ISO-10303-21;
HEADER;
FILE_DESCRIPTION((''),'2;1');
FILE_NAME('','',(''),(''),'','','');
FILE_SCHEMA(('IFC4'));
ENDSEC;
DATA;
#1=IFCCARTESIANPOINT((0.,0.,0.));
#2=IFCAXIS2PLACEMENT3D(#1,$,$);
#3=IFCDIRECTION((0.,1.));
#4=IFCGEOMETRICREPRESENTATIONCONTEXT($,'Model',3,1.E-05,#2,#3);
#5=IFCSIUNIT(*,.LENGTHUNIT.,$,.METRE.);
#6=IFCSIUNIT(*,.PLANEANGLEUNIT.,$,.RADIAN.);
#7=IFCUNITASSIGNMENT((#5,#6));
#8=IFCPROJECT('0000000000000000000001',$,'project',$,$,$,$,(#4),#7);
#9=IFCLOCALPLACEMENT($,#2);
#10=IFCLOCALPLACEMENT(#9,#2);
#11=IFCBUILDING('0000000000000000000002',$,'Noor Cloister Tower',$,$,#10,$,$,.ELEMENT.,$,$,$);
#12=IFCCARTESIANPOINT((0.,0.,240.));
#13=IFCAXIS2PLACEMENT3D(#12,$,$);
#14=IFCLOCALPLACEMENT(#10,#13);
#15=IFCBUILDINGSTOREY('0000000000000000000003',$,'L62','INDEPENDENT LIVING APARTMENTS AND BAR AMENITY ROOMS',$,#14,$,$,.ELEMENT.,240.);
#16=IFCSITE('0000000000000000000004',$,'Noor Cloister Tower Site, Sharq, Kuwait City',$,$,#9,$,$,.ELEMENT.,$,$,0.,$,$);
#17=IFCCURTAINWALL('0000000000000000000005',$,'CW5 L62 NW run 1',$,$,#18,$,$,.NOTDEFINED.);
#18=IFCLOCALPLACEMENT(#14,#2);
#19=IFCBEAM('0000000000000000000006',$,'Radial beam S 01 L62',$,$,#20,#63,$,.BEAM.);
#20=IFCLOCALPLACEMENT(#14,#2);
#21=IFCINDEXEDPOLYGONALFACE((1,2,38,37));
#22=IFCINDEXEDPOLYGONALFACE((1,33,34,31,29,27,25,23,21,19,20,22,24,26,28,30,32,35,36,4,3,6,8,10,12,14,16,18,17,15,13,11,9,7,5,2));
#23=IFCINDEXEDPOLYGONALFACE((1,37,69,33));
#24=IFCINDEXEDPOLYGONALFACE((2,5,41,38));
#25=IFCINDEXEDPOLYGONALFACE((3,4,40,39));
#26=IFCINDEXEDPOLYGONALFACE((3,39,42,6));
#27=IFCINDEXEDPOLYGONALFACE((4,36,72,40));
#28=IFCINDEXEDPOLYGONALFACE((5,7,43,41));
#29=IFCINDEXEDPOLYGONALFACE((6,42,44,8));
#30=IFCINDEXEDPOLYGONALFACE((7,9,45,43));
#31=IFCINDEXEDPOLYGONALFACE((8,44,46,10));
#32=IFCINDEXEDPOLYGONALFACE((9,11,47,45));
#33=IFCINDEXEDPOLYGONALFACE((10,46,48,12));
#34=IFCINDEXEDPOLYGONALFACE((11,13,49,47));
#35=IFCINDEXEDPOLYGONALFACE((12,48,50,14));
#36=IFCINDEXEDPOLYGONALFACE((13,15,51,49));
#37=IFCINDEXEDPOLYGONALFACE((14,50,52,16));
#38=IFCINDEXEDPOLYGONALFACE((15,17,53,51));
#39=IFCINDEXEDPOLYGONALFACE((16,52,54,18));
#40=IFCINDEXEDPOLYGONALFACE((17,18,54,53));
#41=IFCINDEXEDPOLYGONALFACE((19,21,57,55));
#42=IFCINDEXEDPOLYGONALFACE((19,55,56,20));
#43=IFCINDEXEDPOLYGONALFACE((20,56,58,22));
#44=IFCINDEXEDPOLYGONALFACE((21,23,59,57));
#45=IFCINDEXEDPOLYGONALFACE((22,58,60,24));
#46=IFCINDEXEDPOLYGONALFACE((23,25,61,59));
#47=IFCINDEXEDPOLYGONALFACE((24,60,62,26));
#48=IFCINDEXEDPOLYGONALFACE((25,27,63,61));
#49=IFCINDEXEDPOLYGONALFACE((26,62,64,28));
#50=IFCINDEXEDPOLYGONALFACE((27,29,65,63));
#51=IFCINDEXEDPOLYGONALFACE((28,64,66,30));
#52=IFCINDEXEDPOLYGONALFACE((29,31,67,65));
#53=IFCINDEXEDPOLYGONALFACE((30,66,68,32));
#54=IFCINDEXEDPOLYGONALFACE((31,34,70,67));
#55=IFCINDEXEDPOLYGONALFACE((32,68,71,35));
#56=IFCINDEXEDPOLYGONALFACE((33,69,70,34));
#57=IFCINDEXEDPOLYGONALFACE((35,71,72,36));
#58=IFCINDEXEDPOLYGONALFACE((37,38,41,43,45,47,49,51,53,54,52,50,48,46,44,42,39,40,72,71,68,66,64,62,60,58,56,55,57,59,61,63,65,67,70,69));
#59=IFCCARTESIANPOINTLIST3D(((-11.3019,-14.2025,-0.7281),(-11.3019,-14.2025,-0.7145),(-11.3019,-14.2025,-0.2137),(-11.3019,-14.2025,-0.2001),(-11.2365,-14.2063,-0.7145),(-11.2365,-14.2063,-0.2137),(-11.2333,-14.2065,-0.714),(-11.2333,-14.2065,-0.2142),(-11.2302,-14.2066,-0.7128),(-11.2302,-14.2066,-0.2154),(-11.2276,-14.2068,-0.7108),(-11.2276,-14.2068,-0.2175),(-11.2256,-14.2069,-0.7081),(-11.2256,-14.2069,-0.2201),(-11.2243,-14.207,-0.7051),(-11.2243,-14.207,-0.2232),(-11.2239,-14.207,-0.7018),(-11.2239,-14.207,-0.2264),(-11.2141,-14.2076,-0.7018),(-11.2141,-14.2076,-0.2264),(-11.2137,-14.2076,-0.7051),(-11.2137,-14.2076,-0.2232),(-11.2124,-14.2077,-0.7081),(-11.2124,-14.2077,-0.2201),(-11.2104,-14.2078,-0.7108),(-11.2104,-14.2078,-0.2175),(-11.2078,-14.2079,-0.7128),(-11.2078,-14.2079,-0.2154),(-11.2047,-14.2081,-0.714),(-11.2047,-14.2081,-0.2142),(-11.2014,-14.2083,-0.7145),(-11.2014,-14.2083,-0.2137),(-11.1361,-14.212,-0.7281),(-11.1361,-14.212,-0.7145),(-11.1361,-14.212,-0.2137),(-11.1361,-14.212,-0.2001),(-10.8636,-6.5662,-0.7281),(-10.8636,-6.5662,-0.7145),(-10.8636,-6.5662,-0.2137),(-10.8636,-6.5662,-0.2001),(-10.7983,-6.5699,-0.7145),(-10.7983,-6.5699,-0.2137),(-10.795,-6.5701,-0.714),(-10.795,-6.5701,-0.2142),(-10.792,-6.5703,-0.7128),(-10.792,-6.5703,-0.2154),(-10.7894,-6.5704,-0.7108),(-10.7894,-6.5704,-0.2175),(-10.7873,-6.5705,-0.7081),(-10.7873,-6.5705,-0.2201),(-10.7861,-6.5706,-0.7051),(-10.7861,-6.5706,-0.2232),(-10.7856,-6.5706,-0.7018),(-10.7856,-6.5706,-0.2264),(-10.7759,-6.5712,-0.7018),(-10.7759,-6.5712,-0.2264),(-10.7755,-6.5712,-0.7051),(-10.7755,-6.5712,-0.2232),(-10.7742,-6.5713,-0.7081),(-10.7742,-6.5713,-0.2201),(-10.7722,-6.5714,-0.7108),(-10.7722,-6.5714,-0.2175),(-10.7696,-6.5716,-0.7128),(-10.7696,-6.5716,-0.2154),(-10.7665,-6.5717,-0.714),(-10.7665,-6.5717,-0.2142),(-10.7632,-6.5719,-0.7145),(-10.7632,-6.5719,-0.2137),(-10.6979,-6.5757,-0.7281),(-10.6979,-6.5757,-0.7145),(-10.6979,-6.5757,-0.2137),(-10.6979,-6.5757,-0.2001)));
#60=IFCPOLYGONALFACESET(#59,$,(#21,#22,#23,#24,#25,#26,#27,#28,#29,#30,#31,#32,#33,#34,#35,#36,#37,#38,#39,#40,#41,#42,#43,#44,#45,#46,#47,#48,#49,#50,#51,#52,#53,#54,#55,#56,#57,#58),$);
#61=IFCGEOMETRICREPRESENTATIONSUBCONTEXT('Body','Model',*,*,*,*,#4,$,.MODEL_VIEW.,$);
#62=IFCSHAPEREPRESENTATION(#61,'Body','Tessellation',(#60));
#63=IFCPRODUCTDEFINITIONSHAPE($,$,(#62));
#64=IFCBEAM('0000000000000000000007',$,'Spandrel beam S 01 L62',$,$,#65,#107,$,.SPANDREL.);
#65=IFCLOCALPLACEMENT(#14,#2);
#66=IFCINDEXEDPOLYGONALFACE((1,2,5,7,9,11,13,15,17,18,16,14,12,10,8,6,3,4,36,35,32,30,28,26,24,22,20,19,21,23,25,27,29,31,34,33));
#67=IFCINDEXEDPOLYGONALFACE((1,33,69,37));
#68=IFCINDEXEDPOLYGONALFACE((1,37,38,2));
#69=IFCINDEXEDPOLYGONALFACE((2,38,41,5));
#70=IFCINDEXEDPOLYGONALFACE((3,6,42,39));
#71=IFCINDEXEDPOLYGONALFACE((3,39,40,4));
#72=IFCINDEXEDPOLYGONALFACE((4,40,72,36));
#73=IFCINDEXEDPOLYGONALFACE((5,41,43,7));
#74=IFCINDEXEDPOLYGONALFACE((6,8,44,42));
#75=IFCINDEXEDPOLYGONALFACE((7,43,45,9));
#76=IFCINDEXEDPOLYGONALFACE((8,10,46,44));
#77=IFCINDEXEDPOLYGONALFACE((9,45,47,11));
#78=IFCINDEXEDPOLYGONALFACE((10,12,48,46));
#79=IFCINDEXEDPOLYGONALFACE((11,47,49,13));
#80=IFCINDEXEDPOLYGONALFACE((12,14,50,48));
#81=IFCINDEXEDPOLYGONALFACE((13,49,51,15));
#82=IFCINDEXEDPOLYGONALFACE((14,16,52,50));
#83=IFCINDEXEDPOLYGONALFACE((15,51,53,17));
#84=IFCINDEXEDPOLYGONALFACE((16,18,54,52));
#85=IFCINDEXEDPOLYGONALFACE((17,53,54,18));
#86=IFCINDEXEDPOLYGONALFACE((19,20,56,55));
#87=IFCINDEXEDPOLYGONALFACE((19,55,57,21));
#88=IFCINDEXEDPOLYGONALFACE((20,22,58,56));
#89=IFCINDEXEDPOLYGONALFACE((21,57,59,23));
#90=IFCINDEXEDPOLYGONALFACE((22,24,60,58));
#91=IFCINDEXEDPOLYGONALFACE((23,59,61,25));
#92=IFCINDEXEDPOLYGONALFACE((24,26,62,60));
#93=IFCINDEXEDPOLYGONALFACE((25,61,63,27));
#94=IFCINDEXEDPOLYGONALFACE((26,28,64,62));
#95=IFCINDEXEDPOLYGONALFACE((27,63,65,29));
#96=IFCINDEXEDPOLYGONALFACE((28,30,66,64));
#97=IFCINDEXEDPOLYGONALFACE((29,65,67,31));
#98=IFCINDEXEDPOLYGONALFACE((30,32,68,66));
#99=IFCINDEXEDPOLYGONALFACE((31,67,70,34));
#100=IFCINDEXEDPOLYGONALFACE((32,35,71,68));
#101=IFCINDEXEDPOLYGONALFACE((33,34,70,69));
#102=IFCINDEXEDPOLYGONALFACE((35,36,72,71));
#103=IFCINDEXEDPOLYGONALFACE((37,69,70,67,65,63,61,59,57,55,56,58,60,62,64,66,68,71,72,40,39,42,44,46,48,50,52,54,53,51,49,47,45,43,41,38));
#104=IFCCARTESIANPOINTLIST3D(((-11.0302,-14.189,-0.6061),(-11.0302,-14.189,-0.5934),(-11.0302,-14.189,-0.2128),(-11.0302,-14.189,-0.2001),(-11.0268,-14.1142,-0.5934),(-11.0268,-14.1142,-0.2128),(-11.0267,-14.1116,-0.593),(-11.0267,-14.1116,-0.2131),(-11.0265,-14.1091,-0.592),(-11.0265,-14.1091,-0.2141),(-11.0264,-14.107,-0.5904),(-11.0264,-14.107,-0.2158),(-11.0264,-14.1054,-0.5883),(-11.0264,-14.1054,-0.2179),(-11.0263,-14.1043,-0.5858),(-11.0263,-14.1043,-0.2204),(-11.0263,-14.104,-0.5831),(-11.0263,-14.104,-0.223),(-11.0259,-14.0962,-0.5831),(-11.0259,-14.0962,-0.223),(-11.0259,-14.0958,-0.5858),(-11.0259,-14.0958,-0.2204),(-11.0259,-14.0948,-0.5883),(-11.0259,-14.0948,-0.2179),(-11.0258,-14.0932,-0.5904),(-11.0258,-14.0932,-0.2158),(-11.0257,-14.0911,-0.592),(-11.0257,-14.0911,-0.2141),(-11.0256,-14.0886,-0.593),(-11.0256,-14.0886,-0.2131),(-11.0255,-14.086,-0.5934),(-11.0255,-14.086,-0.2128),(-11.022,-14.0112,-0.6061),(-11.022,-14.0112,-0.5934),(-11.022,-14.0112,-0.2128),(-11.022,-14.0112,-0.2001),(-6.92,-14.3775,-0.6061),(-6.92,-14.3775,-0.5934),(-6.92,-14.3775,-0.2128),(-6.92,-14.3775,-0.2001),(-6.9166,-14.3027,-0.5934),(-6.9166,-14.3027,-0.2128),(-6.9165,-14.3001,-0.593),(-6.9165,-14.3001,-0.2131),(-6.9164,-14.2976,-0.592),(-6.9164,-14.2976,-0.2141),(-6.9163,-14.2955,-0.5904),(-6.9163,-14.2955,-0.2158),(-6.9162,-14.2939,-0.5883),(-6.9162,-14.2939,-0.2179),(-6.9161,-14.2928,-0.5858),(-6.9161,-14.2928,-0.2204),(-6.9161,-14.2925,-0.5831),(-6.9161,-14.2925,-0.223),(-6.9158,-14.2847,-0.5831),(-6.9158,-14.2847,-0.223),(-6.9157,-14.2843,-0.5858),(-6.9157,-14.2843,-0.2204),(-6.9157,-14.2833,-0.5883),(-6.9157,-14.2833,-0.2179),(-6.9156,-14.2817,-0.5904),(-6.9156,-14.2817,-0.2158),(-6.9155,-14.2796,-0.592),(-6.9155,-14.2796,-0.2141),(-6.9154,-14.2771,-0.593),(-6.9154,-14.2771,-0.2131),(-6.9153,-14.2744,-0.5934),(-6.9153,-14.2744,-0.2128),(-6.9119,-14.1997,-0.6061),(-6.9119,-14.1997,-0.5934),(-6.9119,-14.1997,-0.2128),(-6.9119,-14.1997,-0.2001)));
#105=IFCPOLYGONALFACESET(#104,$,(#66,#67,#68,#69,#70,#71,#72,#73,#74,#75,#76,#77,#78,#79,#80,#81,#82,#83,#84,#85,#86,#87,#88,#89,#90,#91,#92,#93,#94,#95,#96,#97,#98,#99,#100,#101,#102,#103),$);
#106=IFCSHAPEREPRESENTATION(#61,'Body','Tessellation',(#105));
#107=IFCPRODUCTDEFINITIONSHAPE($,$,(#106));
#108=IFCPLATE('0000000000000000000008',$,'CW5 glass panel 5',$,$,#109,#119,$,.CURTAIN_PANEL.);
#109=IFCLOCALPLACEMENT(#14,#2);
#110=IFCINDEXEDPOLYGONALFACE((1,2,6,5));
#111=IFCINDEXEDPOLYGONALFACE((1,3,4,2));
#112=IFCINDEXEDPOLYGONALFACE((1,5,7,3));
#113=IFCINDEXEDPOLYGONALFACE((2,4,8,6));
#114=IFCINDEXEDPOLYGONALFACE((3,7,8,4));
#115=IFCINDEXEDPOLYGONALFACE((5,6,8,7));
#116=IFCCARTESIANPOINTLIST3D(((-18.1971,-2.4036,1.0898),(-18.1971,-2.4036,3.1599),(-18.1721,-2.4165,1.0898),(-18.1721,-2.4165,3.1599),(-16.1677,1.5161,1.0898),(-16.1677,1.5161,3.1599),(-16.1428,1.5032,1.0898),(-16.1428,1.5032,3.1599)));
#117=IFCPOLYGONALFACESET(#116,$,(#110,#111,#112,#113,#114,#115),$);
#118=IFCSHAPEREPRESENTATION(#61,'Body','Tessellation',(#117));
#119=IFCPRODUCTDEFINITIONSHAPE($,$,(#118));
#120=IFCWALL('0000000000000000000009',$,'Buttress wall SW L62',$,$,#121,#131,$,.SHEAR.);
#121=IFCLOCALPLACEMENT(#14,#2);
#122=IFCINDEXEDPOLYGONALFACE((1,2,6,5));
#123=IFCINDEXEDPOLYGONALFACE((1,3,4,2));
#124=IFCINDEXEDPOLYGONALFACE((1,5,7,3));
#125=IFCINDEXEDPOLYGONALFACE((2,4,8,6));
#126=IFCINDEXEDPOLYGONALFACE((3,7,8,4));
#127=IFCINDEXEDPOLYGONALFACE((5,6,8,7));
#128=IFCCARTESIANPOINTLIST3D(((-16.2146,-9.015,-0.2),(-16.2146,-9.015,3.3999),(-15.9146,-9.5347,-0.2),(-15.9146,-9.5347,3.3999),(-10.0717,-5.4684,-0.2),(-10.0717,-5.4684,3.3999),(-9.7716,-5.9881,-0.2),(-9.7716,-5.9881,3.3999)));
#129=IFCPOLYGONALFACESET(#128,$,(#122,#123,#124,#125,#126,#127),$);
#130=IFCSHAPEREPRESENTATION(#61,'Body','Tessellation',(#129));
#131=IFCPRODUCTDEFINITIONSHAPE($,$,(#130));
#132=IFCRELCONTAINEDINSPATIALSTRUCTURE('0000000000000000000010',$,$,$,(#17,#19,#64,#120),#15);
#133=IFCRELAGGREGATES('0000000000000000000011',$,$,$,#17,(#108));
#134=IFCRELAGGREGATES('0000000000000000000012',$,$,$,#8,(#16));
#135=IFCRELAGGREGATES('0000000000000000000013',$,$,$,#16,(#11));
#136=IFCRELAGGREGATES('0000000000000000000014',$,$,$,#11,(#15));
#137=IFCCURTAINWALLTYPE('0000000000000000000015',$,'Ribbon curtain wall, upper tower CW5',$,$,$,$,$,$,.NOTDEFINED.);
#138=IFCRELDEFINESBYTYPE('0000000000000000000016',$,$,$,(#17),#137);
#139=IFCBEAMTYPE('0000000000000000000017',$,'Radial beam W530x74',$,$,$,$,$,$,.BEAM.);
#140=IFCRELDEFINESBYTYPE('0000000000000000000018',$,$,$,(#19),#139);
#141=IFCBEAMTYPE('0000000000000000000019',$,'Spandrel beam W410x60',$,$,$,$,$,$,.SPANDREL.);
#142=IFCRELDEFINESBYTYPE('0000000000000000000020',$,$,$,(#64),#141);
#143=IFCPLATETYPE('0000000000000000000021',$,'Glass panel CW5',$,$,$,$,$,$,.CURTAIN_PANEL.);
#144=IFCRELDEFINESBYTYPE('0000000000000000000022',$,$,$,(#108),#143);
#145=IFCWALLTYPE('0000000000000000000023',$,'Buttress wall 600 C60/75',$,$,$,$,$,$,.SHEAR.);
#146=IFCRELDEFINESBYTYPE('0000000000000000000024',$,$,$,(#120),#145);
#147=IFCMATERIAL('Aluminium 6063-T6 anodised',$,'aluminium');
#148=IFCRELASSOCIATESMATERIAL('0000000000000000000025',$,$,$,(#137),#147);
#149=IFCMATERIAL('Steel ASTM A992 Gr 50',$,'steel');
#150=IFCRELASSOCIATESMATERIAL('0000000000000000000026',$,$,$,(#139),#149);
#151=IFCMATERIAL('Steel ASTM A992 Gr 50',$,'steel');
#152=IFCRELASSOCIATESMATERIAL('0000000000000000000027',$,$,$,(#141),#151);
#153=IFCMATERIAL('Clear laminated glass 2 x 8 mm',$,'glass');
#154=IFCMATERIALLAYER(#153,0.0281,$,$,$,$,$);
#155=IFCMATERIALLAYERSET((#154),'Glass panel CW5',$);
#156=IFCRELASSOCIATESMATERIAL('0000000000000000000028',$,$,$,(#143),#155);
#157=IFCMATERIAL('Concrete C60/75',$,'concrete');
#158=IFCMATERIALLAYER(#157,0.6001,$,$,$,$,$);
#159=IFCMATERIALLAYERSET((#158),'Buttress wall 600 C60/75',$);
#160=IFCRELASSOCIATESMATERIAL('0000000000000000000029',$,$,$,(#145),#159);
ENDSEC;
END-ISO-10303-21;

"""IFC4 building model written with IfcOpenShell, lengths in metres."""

from ifc_helpers import new_model, si_unit, direction, frame, frame_2d, origin, origin_2d, place, context, subcontext, project, spatial, rectangle, i_section, extrude, material, layer, layer_set, material_profile, profile_set, type_object, element, aggregate, save


model = new_model("IFC4")

# Units and contexts
model_context = context("Model", 3, precision=1e-05, world=origin(), true_north=direction((0.0, 1.0)))
body_context = subcontext(model_context, "Body", "Model", "MODEL_VIEW")
ifc_project = project(units=[si_unit("LENGTHUNIT", "METRE"), si_unit("PLANEANGLEUNIT", "RADIAN")], contexts=[model_context])

# Site, building, storey
site_placement = place(None, origin())
site = spatial("IfcSite", under=ifc_project, at=site_placement, Name="Noor Cloister Tower Site, Sharq, Kuwait City", CompositionType="ELEMENT", RefElevation=0.0)
building_placement = place(site_placement, origin())
building = spatial("IfcBuilding", under=site, at=building_placement, Name="Noor Cloister Tower", CompositionType="ELEMENT")
storey_placement = place(building_placement, frame((0.0, 0.0, 240.0)))
storey = spatial("IfcBuildingStorey", under=building, at=storey_placement, Name="L62", Description="INDEPENDENT LIVING APARTMENTS AND BAR AMENITY ROOMS", CompositionType="ELEMENT", Elevation=240.0)

# Curtain wall
ifc_material_1 = material(Name="Aluminium 6063-T6 anodised", Category="aluminium")
curtain_wall_type = type_object("IfcCurtainWallType", Name="Ribbon curtain wall, upper tower CW5", PredefinedType="NOTDEFINED", material=ifc_material_1)
curtain_wall_1_placement = place(storey_placement, origin())
curtain_wall_1 = element("IfcCurtainWall", 1, at=curtain_wall_1_placement, inside=storey, type_object=curtain_wall_type, Name="CW5 L62 NW run 1", PredefinedType="NOTDEFINED")

# Beams
ifc_material_2 = material(Name="Steel ASTM A992 Gr 50", Category="steel")
ifc_material_profile_1 = material_profile(ifc_material_2, i_section(OverallWidth=0.166, OverallDepth=0.5281, WebThickness=0.0098, FlangeThickness=0.0137, FilletRadius=0.0127, at=origin_2d()), Name="W530x74")
ifc_profile_set_1 = profile_set([ifc_material_profile_1], Name="Steel ASTM A992 Gr 50")
beam_type_1 = type_object("IfcBeamType", Name="Radial beam W530x74", PredefinedType="BEAM", material=ifc_profile_set_1)
beam_1_placement = place(storey_placement, frame((-11.219, -14.2073, -0.4641), z_axis=(0.057292, 0.998357, 0.0), x_axis=(-0.998357, 0.057292, 0.0)))
element("IfcBeam", 2, at=beam_1_placement, inside=storey, type_object=beam_type_1, Name="Radial beam S 01 L62", PredefinedType="BEAM", context=body_context, shape_type="SweptSolid", body=[
    extrude(i_section(OverallWidth=0.166, OverallDepth=0.5281, WebThickness=0.0098, FlangeThickness=0.0137, FilletRadius=0.0127, at=origin_2d()), origin(), (0.0, 0.0, 1.0), 7.6489),
])
ifc_material_3 = material(Name="Steel ASTM A992 Gr 50", Category="steel")
ifc_material_profile_2 = material_profile(ifc_material_3, i_section(OverallWidth=0.178, OverallDepth=0.406, WebThickness=0.0078, FlangeThickness=0.0127, FilletRadius=0.0103, at=origin_2d()), Name="W410x60")
ifc_profile_set_2 = profile_set([ifc_material_profile_2], Name="Steel ASTM A992 Gr 50")
beam_type_2 = type_object("IfcBeamType", Name="Spandrel beam W410x60", PredefinedType="SPANDREL", material=ifc_profile_set_2)
beam_2_placement = place(storey_placement, frame((-11.0261, -14.1001, -0.4031), z_axis=(0.99895, -0.045809, 0.0), x_axis=(0.045809, 0.99895, 0.0)))
element("IfcBeam", 3, at=beam_2_placement, inside=storey, type_object=beam_type_2, Name="Spandrel beam S 01 L62", PredefinedType="SPANDREL", context=body_context, shape_type="SweptSolid", body=[
    extrude(i_section(OverallWidth=0.178, OverallDepth=0.406, WebThickness=0.0078, FlangeThickness=0.0127, FilletRadius=0.0103, at=origin_2d()), origin(), (0.0, 0.0, 1.0), 4.1145),
])

# Plate
ifc_material_4 = material(Name="Clear laminated glass 2 x 8 mm", Category="glass")
ifc_layer_1 = layer(ifc_material_4, 0.0281)
ifc_layer_set_1 = layer_set([ifc_layer_1], Name="Glass panel CW5")
plate_type = type_object("IfcPlateType", Name="Glass panel CW5", PredefinedType="CURTAIN_PANEL", material=ifc_layer_set_1)
plate_placement = place(storey_placement, frame((-17.1699, -0.4502, 1.0898), z_axis=(0.0, 0.0, 1.0), x_axis=(-0.459778, -0.888034, 0.0)))
plate = element("IfcPlate", 4, at=plate_placement, type_object=plate_type, Name="CW5 glass panel 5", PredefinedType="CURTAIN_PANEL", context=body_context, shape_type="SweptSolid", body=[
    extrude(rectangle(XDim=4.4138, YDim=0.0281, at=origin_2d()), origin(), (0.0, 0.0, 1.0), 2.0701),
])
aggregate(curtain_wall_1, [plate])

# Wall
ifc_material_5 = material(Name="Concrete C60/75", Category="concrete")
ifc_layer_2 = layer(ifc_material_5, 0.6001)
ifc_layer_set_2 = layer_set([ifc_layer_2], Name="Buttress wall 600 C60/75")
wall_type_1 = type_object("IfcWallType", Name="Buttress wall 600 C60/75", PredefinedType="SHEAR", material=ifc_layer_set_2)
wall_1_placement = place(storey_placement, frame((-9.9216, -5.7283, -0.2), z_axis=(0.0, 0.0, 1.0), x_axis=(-0.86603, -0.499993, 0.0)))
element("IfcWall", 5, at=wall_1_placement, inside=storey, type_object=wall_type_1, Name="Buttress wall SW L62", PredefinedType="SHEAR", context=body_context, shape_type="SweptSolid", body=[
    extrude(rectangle(XDim=7.0933, YDim=0.6001, at=frame_2d((3.5466, 0.0))), origin(), (0.0, 0.0, 1.0), 3.5999),
])

save(model, "model.ifc")
